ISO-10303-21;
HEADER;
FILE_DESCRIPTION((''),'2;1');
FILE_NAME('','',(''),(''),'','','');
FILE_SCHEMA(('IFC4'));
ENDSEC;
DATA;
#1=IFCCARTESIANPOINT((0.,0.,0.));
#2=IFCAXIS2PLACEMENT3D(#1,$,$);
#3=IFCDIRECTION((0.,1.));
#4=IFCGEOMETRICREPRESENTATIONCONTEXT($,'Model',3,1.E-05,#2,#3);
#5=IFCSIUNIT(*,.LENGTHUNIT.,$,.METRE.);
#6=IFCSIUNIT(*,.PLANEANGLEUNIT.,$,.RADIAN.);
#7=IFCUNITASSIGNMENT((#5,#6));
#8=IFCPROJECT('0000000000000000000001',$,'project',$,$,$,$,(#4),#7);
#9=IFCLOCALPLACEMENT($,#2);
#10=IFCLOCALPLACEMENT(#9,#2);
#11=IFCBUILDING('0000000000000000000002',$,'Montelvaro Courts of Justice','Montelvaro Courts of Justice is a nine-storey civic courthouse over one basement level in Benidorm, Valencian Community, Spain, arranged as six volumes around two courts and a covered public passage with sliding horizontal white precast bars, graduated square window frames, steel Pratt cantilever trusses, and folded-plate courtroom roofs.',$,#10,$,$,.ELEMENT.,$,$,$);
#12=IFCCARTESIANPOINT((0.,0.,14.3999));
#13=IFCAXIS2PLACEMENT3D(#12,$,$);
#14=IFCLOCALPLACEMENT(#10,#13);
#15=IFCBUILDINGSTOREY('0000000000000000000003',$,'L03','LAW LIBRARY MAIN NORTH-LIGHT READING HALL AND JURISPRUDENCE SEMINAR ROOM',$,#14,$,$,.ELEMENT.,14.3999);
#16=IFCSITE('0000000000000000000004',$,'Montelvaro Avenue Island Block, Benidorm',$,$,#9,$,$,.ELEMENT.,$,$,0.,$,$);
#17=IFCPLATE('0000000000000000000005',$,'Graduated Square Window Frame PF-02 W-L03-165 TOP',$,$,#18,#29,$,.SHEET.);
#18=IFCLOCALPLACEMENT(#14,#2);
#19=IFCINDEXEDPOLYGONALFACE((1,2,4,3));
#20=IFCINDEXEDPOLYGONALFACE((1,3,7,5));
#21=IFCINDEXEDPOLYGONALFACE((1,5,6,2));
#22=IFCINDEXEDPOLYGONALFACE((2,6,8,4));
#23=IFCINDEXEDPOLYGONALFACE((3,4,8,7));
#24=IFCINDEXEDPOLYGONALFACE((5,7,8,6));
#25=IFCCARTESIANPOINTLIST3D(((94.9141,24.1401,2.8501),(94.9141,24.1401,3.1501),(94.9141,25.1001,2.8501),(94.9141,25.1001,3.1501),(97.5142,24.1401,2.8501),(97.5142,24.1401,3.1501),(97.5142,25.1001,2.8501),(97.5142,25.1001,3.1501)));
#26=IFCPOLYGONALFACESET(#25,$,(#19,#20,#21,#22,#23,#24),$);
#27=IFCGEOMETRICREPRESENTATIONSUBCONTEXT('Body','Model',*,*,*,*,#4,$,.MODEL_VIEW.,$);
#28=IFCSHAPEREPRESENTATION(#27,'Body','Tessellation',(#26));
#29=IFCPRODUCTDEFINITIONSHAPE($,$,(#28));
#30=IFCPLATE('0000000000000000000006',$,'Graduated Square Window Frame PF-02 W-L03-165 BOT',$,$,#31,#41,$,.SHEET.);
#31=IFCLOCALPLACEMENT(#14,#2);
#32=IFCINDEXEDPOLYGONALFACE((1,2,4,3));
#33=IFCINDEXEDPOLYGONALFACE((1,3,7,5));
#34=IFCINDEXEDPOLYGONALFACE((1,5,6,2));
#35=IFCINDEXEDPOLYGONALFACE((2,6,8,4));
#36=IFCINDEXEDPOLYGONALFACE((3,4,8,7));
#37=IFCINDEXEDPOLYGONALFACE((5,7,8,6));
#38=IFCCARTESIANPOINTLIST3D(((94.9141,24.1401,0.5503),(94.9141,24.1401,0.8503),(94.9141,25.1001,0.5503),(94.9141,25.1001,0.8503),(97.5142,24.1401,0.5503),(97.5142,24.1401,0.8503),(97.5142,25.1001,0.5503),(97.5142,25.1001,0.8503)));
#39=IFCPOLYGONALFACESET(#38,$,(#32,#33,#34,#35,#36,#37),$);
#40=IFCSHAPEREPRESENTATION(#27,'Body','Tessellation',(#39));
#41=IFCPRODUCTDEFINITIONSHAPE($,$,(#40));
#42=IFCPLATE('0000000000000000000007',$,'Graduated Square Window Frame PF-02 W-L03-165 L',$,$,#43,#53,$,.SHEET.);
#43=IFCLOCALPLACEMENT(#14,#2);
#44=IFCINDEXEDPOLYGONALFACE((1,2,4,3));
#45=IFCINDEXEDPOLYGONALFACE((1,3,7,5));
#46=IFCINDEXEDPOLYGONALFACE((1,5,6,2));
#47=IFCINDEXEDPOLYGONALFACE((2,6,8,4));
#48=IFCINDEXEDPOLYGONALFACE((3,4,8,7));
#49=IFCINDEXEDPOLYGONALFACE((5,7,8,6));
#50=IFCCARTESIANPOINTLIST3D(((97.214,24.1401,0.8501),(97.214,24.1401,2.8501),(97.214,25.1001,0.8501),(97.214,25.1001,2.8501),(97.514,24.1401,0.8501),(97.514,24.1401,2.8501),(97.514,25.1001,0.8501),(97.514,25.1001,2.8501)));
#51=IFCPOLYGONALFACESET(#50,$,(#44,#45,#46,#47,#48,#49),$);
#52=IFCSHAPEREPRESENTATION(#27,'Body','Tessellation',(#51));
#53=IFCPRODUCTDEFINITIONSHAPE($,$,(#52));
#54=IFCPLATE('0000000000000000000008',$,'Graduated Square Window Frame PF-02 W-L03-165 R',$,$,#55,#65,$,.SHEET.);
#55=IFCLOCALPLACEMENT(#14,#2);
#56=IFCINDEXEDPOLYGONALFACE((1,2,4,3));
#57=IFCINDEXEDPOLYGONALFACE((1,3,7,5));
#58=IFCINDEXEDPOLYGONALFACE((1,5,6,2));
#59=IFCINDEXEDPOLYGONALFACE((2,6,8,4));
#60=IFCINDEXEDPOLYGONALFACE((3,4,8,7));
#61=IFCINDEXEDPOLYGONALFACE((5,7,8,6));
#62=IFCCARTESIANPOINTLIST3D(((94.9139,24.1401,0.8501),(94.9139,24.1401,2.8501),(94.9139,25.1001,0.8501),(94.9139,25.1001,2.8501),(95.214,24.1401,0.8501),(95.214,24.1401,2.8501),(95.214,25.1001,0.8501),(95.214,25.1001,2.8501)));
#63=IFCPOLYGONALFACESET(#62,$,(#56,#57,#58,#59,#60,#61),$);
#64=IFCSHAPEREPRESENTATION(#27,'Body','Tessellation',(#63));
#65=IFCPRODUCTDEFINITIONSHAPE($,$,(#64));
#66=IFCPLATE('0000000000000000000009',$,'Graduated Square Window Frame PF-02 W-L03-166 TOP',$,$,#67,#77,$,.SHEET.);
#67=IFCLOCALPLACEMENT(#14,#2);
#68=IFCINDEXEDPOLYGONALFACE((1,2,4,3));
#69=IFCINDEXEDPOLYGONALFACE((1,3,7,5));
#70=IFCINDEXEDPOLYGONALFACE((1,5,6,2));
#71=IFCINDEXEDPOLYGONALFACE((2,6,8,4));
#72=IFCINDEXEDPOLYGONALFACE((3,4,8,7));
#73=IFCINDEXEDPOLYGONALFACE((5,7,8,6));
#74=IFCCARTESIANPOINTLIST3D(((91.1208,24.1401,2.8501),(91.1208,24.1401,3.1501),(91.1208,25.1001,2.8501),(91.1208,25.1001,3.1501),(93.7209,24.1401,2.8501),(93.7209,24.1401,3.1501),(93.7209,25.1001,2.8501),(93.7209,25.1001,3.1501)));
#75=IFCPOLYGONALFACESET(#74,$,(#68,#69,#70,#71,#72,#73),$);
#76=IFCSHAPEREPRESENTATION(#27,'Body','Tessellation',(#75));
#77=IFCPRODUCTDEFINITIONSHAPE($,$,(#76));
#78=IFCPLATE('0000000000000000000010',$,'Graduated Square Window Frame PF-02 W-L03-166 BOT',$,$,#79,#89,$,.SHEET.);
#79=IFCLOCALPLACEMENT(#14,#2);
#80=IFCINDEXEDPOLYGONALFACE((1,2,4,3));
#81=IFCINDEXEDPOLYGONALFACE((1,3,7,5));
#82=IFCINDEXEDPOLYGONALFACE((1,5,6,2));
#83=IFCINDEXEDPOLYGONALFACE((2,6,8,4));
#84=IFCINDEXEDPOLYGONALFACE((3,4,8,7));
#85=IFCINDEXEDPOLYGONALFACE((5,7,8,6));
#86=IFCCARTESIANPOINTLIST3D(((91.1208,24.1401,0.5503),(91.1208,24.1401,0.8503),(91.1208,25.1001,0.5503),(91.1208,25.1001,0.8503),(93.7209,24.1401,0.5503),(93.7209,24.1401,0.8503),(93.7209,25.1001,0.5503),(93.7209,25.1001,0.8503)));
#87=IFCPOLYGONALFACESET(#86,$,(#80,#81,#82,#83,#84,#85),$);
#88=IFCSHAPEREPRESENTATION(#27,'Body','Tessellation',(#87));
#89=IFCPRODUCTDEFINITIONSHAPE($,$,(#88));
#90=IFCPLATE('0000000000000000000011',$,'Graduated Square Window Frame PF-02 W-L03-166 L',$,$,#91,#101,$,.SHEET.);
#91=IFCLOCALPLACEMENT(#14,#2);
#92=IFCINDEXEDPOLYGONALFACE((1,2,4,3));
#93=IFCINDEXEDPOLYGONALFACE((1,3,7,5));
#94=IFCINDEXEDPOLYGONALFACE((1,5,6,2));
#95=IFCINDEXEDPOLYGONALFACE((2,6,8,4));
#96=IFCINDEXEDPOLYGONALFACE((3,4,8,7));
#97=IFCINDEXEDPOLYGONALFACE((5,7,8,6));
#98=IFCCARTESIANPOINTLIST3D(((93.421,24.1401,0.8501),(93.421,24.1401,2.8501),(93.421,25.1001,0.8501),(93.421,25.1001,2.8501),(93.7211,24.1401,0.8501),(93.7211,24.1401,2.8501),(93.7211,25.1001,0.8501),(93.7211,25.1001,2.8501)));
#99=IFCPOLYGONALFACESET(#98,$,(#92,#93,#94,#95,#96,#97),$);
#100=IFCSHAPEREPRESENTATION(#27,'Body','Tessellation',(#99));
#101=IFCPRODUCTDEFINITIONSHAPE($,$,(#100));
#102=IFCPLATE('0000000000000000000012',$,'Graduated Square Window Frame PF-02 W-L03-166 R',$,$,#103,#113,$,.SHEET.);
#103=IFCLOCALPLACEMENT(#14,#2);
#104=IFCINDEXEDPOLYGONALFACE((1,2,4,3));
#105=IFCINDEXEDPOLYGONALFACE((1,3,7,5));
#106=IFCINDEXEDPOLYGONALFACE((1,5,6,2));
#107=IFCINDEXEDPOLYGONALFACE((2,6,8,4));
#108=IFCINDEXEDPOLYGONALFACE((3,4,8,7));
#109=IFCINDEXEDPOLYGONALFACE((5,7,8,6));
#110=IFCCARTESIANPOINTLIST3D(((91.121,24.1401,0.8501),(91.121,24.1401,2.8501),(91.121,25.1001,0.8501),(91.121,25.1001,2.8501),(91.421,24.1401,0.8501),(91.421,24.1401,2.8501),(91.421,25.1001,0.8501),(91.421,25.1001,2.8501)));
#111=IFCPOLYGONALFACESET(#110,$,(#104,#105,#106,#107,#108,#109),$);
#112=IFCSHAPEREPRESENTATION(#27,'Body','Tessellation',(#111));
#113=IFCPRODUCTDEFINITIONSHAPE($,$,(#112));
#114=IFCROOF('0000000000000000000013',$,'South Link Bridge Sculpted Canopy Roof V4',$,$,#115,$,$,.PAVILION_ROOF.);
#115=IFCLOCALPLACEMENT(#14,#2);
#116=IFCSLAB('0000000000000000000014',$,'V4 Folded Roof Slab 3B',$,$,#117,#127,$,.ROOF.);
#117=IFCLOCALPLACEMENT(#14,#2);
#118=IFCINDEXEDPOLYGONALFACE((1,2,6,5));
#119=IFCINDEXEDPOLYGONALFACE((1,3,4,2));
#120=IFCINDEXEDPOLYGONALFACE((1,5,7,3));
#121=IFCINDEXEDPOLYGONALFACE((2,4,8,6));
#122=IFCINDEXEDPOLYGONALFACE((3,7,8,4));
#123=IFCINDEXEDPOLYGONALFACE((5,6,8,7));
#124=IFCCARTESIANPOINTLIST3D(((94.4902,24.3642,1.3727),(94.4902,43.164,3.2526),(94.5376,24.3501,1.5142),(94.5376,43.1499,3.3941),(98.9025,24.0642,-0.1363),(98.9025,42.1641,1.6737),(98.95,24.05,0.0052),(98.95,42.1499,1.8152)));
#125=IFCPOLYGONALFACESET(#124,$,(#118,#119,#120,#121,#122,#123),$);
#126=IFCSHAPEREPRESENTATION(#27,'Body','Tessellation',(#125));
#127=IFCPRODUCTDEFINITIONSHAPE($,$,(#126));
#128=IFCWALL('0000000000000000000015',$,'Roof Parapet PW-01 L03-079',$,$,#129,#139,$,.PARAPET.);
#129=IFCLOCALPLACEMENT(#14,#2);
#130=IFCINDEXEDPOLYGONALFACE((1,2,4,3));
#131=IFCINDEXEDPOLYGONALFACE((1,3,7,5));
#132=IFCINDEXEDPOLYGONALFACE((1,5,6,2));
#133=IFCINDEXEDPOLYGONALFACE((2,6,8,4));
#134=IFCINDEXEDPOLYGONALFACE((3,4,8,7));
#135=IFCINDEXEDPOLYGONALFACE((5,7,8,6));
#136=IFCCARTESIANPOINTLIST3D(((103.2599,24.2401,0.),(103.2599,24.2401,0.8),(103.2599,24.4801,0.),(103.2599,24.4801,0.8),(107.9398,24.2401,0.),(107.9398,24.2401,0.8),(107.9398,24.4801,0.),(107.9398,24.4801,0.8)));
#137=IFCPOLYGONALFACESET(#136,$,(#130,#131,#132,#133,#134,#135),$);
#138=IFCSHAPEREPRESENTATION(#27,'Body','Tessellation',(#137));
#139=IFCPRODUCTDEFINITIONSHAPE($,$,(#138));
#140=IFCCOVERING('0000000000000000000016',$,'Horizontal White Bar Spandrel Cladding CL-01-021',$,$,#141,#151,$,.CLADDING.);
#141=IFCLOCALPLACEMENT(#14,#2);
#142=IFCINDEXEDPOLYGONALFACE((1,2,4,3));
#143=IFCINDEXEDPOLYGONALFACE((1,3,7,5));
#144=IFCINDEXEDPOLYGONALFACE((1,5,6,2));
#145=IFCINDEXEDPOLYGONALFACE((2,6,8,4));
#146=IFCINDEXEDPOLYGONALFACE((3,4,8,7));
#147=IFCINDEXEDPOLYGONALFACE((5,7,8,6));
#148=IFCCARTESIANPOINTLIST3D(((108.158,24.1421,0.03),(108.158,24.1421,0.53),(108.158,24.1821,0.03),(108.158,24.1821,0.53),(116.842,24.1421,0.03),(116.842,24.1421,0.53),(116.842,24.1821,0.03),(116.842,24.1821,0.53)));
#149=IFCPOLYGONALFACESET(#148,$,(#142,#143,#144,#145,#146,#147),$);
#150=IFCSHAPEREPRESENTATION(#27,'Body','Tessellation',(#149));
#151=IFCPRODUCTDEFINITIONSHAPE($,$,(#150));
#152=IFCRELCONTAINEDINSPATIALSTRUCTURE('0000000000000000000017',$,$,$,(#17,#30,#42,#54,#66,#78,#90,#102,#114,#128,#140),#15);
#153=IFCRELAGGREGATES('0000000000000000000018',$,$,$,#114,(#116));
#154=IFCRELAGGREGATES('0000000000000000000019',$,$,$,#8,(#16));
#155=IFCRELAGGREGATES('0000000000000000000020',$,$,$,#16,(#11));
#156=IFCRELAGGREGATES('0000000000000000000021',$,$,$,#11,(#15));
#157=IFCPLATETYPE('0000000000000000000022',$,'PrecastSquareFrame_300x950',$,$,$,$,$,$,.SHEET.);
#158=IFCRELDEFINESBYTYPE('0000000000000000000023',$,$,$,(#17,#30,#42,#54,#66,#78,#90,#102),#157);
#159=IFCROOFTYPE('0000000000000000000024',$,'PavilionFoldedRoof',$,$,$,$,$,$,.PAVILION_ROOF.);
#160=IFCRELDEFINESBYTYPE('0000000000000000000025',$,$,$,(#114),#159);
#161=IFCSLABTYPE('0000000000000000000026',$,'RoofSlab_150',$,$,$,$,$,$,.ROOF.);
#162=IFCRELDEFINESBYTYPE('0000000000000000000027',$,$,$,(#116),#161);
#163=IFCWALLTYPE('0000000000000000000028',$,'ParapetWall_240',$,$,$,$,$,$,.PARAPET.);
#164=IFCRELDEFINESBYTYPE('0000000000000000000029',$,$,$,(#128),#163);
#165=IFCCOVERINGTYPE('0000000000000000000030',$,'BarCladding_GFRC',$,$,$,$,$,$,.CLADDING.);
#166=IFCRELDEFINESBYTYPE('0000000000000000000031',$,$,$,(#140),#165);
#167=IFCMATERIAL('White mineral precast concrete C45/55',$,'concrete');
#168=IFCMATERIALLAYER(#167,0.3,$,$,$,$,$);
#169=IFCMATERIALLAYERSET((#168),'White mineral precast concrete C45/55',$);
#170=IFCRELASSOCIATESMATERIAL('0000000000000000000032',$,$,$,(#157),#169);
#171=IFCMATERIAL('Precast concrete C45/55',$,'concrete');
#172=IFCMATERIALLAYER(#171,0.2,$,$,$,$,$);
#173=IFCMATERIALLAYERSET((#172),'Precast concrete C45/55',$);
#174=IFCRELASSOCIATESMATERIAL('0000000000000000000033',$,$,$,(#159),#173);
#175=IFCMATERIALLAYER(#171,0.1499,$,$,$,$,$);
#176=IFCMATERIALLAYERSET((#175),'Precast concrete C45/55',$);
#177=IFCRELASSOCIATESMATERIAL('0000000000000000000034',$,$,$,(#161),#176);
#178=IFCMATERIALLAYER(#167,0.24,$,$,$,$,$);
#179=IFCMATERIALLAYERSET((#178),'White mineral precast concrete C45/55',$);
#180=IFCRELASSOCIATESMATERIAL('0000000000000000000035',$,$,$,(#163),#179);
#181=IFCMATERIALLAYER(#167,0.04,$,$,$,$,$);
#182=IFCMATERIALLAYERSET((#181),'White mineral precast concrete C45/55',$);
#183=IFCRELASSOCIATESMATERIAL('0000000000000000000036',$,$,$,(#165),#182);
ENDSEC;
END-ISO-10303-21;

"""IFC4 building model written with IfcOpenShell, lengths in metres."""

from ifc_helpers import new_model, si_unit, direction, frame, frame_2d, origin, origin_2d, place, context, subcontext, project, spatial, polyline, rectangle, outline, extrude, material, layer, layer_set, type_object, element, aggregate, save


model = new_model("IFC4")

# Units and contexts
model_context = context("Model", 3, precision=1e-05, world=origin(), true_north=direction((0.0, 1.0)))
body_context = subcontext(model_context, "Body", "Model", "MODEL_VIEW")
ifc_project = project(units=[si_unit("LENGTHUNIT", "METRE"), si_unit("PLANEANGLEUNIT", "RADIAN")], contexts=[model_context])

# Site, building, storey
site_placement = place(None, origin())
site = spatial("IfcSite", under=ifc_project, at=site_placement, Name="Montelvaro Avenue Island Block, Benidorm", CompositionType="ELEMENT", RefElevation=0.0)
building_placement = place(site_placement, origin())
building = spatial("IfcBuilding", under=site, at=building_placement, Name="Montelvaro Courts of Justice", Description="Montelvaro Courts of Justice is a nine-storey civic courthouse over one basement level in Benidorm, Valencian Community, Spain, arranged as six volumes around two courts and a covered public passage with sliding horizontal white precast bars, graduated square window frames, steel Pratt cantilever trusses, and folded-plate courtroom roofs.", CompositionType="ELEMENT")
storey_placement = place(building_placement, frame((0.0, 0.0, 14.3999)))
storey = spatial("IfcBuildingStorey", under=building, at=storey_placement, Name="L03", Description="LAW LIBRARY MAIN NORTH-LIGHT READING HALL AND JURISPRUDENCE SEMINAR ROOM", CompositionType="ELEMENT", Elevation=14.3999)

# Plates
ifc_material_1 = material(Name="White mineral precast concrete C45/55", Category="concrete")
ifc_layer_1 = layer(ifc_material_1, 0.3)
ifc_layer_set_1 = layer_set([ifc_layer_1], Name="White mineral precast concrete C45/55")
plate_type_1 = type_object("IfcPlateType", Name="PrecastSquareFrame_300x950", PredefinedType="SHEET", material=ifc_layer_set_1)
for number, where, z_axis, x_axis, name in (
    (1, (96.2141, 24.6201, 2.8501), (0.0, 0.0, 1.0), (-1.0, 0.0, 0.0), "Graduated Square Window Frame PF-02 W-L03-165 TOP"),
    (2, (96.2141, 24.6201, 0.5503), (0.0, 0.0, 1.0), (-1.0, 0.0, 0.0), "Graduated Square Window Frame PF-02 W-L03-165 BOT"),
):
    element("IfcPlate", number, at=place(storey_placement, frame(where, z_axis=z_axis, x_axis=x_axis)), inside=storey, type_object=plate_type_1, Name=name, PredefinedType="SHEET", context=body_context, shape_type="SweptSolid", body=[
        extrude(rectangle(XDim=2.6001, YDim=0.96, at=origin_2d()), origin(), (0.0, 0.0, 1.0), 0.3),
    ])
for number, where, z_axis, x_axis, name in (
    (3, (97.364, 24.6201, 0.8501), (0.0, 0.0, 1.0), (-1.0, 0.0, 0.0), "Graduated Square Window Frame PF-02 W-L03-165 L"),
    (4, (95.064, 24.6201, 0.8501), (0.0, 0.0, 1.0), (-1.0, 0.0, 0.0), "Graduated Square Window Frame PF-02 W-L03-165 R"),
):
    element("IfcPlate", number, at=place(storey_placement, frame(where, z_axis=z_axis, x_axis=x_axis)), inside=storey, type_object=plate_type_1, Name=name, PredefinedType="SHEET", context=body_context, shape_type="SweptSolid", body=[
        extrude(rectangle(XDim=0.3, YDim=0.96, at=origin_2d()), origin(), (0.0, 0.0, 1.0), 2.0),
    ])
for number, where, z_axis, x_axis, name in (
    (5, (92.4209, 24.6201, 2.8501), (0.0, 0.0, 1.0), (-1.0, 0.0, 0.0), "Graduated Square Window Frame PF-02 W-L03-166 TOP"),
    (6, (92.4209, 24.6201, 0.5503), (0.0, 0.0, 1.0), (-1.0, 0.0, 0.0), "Graduated Square Window Frame PF-02 W-L03-166 BOT"),
):
    element("IfcPlate", number, at=place(storey_placement, frame(where, z_axis=z_axis, x_axis=x_axis)), inside=storey, type_object=plate_type_1, Name=name, PredefinedType="SHEET", context=body_context, shape_type="SweptSolid", body=[
        extrude(rectangle(XDim=2.6001, YDim=0.96, at=origin_2d()), origin(), (0.0, 0.0, 1.0), 0.3),
    ])
for number, where, z_axis, x_axis, name in (
    (7, (93.571, 24.6201, 0.8501), (0.0, 0.0, 1.0), (-1.0, 0.0, 0.0), "Graduated Square Window Frame PF-02 W-L03-166 L"),
    (8, (91.271, 24.6201, 0.8501), (0.0, 0.0, 1.0), (-1.0, 0.0, 0.0), "Graduated Square Window Frame PF-02 W-L03-166 R"),
):
    element("IfcPlate", number, at=place(storey_placement, frame(where, z_axis=z_axis, x_axis=x_axis)), inside=storey, type_object=plate_type_1, Name=name, PredefinedType="SHEET", context=body_context, shape_type="SweptSolid", body=[
        extrude(rectangle(XDim=0.3, YDim=0.96, at=origin_2d()), origin(), (0.0, 0.0, 1.0), 2.0),
    ])

# Roof, slab
ifc_material_2 = material(Name="Precast concrete C45/55", Category="concrete")
ifc_layer_2 = layer(ifc_material_2, 0.2)
ifc_layer_set_2 = layer_set([ifc_layer_2], Name="Precast concrete C45/55")
roof_type = type_object("IfcRoofType", Name="PavilionFoldedRoof", PredefinedType="PAVILION_ROOF", material=ifc_layer_set_2)
roof_placement = place(storey_placement, origin())
roof = element("IfcRoof", 9, at=roof_placement, inside=storey, type_object=roof_type, Name="South Link Bridge Sculpted Canopy Roof V4", PredefinedType="PAVILION_ROOF")
ifc_layer_3 = layer(ifc_material_2, 0.1499)
ifc_layer_set_3 = layer_set([ifc_layer_3], Name="Precast concrete C45/55")
slab_type = type_object("IfcSlabType", Name="RoofSlab_150", PredefinedType="ROOF", material=ifc_layer_set_3)
slab_placement = place(storey_placement, frame((94.5376, 24.3501, 1.5142), z_axis=(0.316386, -0.094392, 0.943923), x_axis=(0.944247, -0.064212, -0.322916)))
slab = element("IfcSlab", 10, at=slab_placement, type_object=slab_type, Name="V4 Folded Roof Slab 3B", PredefinedType="ROOF", context=body_context, shape_type="SweptSolid", body=[
    extrude(outline(polyline([(0.0, 0.0), (4.6729, 0.0), (2.9262, 18.1061), (-1.8142, 18.8063), (0.0, 0.0)])), origin(), (0.0, 0.0, -1.0), 0.1499),
])
aggregate(roof, [slab])

# Wall
ifc_layer_4 = layer(ifc_material_1, 0.24)
ifc_layer_set_4 = layer_set([ifc_layer_4], Name="White mineral precast concrete C45/55")
wall_type = type_object("IfcWallType", Name="ParapetWall_240", PredefinedType="PARAPET", material=ifc_layer_set_4)
wall_placement = place(storey_placement, frame((103.26, 24.3601, 0.0), z_axis=(0.0, 0.0, 1.0), x_axis=(1.0, 0.0, 0.0)))
element("IfcWall", 11, at=wall_placement, inside=storey, type_object=wall_type, Name="Roof Parapet PW-01 L03-079", PredefinedType="PARAPET", context=body_context, shape_type="SweptSolid", body=[
    extrude(rectangle(XDim=4.6799, YDim=0.24, at=frame_2d((2.3398, 0.0))), origin(), (0.0, 0.0, 1.0), 0.8),
])

# Covering
ifc_layer_5 = layer(ifc_material_1, 0.04)
ifc_layer_set_5 = layer_set([ifc_layer_5], Name="White mineral precast concrete C45/55")
covering_type = type_object("IfcCoveringType", Name="BarCladding_GFRC", PredefinedType="CLADDING", material=ifc_layer_set_5)
covering_placement = place(storey_placement, frame((112.5, 24.1621, 0.03), z_axis=(0.0, 0.0, 1.0), x_axis=(-1.0, 0.0, 0.0)))
element("IfcCovering", 12, at=covering_placement, inside=storey, type_object=covering_type, Name="Horizontal White Bar Spandrel Cladding CL-01-021", PredefinedType="CLADDING", context=body_context, shape_type="SweptSolid", body=[
    extrude(rectangle(XDim=8.6841, YDim=0.04, at=origin_2d()), origin(), (0.0, 0.0, 1.0), 0.5),
])

save(model, "model.ifc")
